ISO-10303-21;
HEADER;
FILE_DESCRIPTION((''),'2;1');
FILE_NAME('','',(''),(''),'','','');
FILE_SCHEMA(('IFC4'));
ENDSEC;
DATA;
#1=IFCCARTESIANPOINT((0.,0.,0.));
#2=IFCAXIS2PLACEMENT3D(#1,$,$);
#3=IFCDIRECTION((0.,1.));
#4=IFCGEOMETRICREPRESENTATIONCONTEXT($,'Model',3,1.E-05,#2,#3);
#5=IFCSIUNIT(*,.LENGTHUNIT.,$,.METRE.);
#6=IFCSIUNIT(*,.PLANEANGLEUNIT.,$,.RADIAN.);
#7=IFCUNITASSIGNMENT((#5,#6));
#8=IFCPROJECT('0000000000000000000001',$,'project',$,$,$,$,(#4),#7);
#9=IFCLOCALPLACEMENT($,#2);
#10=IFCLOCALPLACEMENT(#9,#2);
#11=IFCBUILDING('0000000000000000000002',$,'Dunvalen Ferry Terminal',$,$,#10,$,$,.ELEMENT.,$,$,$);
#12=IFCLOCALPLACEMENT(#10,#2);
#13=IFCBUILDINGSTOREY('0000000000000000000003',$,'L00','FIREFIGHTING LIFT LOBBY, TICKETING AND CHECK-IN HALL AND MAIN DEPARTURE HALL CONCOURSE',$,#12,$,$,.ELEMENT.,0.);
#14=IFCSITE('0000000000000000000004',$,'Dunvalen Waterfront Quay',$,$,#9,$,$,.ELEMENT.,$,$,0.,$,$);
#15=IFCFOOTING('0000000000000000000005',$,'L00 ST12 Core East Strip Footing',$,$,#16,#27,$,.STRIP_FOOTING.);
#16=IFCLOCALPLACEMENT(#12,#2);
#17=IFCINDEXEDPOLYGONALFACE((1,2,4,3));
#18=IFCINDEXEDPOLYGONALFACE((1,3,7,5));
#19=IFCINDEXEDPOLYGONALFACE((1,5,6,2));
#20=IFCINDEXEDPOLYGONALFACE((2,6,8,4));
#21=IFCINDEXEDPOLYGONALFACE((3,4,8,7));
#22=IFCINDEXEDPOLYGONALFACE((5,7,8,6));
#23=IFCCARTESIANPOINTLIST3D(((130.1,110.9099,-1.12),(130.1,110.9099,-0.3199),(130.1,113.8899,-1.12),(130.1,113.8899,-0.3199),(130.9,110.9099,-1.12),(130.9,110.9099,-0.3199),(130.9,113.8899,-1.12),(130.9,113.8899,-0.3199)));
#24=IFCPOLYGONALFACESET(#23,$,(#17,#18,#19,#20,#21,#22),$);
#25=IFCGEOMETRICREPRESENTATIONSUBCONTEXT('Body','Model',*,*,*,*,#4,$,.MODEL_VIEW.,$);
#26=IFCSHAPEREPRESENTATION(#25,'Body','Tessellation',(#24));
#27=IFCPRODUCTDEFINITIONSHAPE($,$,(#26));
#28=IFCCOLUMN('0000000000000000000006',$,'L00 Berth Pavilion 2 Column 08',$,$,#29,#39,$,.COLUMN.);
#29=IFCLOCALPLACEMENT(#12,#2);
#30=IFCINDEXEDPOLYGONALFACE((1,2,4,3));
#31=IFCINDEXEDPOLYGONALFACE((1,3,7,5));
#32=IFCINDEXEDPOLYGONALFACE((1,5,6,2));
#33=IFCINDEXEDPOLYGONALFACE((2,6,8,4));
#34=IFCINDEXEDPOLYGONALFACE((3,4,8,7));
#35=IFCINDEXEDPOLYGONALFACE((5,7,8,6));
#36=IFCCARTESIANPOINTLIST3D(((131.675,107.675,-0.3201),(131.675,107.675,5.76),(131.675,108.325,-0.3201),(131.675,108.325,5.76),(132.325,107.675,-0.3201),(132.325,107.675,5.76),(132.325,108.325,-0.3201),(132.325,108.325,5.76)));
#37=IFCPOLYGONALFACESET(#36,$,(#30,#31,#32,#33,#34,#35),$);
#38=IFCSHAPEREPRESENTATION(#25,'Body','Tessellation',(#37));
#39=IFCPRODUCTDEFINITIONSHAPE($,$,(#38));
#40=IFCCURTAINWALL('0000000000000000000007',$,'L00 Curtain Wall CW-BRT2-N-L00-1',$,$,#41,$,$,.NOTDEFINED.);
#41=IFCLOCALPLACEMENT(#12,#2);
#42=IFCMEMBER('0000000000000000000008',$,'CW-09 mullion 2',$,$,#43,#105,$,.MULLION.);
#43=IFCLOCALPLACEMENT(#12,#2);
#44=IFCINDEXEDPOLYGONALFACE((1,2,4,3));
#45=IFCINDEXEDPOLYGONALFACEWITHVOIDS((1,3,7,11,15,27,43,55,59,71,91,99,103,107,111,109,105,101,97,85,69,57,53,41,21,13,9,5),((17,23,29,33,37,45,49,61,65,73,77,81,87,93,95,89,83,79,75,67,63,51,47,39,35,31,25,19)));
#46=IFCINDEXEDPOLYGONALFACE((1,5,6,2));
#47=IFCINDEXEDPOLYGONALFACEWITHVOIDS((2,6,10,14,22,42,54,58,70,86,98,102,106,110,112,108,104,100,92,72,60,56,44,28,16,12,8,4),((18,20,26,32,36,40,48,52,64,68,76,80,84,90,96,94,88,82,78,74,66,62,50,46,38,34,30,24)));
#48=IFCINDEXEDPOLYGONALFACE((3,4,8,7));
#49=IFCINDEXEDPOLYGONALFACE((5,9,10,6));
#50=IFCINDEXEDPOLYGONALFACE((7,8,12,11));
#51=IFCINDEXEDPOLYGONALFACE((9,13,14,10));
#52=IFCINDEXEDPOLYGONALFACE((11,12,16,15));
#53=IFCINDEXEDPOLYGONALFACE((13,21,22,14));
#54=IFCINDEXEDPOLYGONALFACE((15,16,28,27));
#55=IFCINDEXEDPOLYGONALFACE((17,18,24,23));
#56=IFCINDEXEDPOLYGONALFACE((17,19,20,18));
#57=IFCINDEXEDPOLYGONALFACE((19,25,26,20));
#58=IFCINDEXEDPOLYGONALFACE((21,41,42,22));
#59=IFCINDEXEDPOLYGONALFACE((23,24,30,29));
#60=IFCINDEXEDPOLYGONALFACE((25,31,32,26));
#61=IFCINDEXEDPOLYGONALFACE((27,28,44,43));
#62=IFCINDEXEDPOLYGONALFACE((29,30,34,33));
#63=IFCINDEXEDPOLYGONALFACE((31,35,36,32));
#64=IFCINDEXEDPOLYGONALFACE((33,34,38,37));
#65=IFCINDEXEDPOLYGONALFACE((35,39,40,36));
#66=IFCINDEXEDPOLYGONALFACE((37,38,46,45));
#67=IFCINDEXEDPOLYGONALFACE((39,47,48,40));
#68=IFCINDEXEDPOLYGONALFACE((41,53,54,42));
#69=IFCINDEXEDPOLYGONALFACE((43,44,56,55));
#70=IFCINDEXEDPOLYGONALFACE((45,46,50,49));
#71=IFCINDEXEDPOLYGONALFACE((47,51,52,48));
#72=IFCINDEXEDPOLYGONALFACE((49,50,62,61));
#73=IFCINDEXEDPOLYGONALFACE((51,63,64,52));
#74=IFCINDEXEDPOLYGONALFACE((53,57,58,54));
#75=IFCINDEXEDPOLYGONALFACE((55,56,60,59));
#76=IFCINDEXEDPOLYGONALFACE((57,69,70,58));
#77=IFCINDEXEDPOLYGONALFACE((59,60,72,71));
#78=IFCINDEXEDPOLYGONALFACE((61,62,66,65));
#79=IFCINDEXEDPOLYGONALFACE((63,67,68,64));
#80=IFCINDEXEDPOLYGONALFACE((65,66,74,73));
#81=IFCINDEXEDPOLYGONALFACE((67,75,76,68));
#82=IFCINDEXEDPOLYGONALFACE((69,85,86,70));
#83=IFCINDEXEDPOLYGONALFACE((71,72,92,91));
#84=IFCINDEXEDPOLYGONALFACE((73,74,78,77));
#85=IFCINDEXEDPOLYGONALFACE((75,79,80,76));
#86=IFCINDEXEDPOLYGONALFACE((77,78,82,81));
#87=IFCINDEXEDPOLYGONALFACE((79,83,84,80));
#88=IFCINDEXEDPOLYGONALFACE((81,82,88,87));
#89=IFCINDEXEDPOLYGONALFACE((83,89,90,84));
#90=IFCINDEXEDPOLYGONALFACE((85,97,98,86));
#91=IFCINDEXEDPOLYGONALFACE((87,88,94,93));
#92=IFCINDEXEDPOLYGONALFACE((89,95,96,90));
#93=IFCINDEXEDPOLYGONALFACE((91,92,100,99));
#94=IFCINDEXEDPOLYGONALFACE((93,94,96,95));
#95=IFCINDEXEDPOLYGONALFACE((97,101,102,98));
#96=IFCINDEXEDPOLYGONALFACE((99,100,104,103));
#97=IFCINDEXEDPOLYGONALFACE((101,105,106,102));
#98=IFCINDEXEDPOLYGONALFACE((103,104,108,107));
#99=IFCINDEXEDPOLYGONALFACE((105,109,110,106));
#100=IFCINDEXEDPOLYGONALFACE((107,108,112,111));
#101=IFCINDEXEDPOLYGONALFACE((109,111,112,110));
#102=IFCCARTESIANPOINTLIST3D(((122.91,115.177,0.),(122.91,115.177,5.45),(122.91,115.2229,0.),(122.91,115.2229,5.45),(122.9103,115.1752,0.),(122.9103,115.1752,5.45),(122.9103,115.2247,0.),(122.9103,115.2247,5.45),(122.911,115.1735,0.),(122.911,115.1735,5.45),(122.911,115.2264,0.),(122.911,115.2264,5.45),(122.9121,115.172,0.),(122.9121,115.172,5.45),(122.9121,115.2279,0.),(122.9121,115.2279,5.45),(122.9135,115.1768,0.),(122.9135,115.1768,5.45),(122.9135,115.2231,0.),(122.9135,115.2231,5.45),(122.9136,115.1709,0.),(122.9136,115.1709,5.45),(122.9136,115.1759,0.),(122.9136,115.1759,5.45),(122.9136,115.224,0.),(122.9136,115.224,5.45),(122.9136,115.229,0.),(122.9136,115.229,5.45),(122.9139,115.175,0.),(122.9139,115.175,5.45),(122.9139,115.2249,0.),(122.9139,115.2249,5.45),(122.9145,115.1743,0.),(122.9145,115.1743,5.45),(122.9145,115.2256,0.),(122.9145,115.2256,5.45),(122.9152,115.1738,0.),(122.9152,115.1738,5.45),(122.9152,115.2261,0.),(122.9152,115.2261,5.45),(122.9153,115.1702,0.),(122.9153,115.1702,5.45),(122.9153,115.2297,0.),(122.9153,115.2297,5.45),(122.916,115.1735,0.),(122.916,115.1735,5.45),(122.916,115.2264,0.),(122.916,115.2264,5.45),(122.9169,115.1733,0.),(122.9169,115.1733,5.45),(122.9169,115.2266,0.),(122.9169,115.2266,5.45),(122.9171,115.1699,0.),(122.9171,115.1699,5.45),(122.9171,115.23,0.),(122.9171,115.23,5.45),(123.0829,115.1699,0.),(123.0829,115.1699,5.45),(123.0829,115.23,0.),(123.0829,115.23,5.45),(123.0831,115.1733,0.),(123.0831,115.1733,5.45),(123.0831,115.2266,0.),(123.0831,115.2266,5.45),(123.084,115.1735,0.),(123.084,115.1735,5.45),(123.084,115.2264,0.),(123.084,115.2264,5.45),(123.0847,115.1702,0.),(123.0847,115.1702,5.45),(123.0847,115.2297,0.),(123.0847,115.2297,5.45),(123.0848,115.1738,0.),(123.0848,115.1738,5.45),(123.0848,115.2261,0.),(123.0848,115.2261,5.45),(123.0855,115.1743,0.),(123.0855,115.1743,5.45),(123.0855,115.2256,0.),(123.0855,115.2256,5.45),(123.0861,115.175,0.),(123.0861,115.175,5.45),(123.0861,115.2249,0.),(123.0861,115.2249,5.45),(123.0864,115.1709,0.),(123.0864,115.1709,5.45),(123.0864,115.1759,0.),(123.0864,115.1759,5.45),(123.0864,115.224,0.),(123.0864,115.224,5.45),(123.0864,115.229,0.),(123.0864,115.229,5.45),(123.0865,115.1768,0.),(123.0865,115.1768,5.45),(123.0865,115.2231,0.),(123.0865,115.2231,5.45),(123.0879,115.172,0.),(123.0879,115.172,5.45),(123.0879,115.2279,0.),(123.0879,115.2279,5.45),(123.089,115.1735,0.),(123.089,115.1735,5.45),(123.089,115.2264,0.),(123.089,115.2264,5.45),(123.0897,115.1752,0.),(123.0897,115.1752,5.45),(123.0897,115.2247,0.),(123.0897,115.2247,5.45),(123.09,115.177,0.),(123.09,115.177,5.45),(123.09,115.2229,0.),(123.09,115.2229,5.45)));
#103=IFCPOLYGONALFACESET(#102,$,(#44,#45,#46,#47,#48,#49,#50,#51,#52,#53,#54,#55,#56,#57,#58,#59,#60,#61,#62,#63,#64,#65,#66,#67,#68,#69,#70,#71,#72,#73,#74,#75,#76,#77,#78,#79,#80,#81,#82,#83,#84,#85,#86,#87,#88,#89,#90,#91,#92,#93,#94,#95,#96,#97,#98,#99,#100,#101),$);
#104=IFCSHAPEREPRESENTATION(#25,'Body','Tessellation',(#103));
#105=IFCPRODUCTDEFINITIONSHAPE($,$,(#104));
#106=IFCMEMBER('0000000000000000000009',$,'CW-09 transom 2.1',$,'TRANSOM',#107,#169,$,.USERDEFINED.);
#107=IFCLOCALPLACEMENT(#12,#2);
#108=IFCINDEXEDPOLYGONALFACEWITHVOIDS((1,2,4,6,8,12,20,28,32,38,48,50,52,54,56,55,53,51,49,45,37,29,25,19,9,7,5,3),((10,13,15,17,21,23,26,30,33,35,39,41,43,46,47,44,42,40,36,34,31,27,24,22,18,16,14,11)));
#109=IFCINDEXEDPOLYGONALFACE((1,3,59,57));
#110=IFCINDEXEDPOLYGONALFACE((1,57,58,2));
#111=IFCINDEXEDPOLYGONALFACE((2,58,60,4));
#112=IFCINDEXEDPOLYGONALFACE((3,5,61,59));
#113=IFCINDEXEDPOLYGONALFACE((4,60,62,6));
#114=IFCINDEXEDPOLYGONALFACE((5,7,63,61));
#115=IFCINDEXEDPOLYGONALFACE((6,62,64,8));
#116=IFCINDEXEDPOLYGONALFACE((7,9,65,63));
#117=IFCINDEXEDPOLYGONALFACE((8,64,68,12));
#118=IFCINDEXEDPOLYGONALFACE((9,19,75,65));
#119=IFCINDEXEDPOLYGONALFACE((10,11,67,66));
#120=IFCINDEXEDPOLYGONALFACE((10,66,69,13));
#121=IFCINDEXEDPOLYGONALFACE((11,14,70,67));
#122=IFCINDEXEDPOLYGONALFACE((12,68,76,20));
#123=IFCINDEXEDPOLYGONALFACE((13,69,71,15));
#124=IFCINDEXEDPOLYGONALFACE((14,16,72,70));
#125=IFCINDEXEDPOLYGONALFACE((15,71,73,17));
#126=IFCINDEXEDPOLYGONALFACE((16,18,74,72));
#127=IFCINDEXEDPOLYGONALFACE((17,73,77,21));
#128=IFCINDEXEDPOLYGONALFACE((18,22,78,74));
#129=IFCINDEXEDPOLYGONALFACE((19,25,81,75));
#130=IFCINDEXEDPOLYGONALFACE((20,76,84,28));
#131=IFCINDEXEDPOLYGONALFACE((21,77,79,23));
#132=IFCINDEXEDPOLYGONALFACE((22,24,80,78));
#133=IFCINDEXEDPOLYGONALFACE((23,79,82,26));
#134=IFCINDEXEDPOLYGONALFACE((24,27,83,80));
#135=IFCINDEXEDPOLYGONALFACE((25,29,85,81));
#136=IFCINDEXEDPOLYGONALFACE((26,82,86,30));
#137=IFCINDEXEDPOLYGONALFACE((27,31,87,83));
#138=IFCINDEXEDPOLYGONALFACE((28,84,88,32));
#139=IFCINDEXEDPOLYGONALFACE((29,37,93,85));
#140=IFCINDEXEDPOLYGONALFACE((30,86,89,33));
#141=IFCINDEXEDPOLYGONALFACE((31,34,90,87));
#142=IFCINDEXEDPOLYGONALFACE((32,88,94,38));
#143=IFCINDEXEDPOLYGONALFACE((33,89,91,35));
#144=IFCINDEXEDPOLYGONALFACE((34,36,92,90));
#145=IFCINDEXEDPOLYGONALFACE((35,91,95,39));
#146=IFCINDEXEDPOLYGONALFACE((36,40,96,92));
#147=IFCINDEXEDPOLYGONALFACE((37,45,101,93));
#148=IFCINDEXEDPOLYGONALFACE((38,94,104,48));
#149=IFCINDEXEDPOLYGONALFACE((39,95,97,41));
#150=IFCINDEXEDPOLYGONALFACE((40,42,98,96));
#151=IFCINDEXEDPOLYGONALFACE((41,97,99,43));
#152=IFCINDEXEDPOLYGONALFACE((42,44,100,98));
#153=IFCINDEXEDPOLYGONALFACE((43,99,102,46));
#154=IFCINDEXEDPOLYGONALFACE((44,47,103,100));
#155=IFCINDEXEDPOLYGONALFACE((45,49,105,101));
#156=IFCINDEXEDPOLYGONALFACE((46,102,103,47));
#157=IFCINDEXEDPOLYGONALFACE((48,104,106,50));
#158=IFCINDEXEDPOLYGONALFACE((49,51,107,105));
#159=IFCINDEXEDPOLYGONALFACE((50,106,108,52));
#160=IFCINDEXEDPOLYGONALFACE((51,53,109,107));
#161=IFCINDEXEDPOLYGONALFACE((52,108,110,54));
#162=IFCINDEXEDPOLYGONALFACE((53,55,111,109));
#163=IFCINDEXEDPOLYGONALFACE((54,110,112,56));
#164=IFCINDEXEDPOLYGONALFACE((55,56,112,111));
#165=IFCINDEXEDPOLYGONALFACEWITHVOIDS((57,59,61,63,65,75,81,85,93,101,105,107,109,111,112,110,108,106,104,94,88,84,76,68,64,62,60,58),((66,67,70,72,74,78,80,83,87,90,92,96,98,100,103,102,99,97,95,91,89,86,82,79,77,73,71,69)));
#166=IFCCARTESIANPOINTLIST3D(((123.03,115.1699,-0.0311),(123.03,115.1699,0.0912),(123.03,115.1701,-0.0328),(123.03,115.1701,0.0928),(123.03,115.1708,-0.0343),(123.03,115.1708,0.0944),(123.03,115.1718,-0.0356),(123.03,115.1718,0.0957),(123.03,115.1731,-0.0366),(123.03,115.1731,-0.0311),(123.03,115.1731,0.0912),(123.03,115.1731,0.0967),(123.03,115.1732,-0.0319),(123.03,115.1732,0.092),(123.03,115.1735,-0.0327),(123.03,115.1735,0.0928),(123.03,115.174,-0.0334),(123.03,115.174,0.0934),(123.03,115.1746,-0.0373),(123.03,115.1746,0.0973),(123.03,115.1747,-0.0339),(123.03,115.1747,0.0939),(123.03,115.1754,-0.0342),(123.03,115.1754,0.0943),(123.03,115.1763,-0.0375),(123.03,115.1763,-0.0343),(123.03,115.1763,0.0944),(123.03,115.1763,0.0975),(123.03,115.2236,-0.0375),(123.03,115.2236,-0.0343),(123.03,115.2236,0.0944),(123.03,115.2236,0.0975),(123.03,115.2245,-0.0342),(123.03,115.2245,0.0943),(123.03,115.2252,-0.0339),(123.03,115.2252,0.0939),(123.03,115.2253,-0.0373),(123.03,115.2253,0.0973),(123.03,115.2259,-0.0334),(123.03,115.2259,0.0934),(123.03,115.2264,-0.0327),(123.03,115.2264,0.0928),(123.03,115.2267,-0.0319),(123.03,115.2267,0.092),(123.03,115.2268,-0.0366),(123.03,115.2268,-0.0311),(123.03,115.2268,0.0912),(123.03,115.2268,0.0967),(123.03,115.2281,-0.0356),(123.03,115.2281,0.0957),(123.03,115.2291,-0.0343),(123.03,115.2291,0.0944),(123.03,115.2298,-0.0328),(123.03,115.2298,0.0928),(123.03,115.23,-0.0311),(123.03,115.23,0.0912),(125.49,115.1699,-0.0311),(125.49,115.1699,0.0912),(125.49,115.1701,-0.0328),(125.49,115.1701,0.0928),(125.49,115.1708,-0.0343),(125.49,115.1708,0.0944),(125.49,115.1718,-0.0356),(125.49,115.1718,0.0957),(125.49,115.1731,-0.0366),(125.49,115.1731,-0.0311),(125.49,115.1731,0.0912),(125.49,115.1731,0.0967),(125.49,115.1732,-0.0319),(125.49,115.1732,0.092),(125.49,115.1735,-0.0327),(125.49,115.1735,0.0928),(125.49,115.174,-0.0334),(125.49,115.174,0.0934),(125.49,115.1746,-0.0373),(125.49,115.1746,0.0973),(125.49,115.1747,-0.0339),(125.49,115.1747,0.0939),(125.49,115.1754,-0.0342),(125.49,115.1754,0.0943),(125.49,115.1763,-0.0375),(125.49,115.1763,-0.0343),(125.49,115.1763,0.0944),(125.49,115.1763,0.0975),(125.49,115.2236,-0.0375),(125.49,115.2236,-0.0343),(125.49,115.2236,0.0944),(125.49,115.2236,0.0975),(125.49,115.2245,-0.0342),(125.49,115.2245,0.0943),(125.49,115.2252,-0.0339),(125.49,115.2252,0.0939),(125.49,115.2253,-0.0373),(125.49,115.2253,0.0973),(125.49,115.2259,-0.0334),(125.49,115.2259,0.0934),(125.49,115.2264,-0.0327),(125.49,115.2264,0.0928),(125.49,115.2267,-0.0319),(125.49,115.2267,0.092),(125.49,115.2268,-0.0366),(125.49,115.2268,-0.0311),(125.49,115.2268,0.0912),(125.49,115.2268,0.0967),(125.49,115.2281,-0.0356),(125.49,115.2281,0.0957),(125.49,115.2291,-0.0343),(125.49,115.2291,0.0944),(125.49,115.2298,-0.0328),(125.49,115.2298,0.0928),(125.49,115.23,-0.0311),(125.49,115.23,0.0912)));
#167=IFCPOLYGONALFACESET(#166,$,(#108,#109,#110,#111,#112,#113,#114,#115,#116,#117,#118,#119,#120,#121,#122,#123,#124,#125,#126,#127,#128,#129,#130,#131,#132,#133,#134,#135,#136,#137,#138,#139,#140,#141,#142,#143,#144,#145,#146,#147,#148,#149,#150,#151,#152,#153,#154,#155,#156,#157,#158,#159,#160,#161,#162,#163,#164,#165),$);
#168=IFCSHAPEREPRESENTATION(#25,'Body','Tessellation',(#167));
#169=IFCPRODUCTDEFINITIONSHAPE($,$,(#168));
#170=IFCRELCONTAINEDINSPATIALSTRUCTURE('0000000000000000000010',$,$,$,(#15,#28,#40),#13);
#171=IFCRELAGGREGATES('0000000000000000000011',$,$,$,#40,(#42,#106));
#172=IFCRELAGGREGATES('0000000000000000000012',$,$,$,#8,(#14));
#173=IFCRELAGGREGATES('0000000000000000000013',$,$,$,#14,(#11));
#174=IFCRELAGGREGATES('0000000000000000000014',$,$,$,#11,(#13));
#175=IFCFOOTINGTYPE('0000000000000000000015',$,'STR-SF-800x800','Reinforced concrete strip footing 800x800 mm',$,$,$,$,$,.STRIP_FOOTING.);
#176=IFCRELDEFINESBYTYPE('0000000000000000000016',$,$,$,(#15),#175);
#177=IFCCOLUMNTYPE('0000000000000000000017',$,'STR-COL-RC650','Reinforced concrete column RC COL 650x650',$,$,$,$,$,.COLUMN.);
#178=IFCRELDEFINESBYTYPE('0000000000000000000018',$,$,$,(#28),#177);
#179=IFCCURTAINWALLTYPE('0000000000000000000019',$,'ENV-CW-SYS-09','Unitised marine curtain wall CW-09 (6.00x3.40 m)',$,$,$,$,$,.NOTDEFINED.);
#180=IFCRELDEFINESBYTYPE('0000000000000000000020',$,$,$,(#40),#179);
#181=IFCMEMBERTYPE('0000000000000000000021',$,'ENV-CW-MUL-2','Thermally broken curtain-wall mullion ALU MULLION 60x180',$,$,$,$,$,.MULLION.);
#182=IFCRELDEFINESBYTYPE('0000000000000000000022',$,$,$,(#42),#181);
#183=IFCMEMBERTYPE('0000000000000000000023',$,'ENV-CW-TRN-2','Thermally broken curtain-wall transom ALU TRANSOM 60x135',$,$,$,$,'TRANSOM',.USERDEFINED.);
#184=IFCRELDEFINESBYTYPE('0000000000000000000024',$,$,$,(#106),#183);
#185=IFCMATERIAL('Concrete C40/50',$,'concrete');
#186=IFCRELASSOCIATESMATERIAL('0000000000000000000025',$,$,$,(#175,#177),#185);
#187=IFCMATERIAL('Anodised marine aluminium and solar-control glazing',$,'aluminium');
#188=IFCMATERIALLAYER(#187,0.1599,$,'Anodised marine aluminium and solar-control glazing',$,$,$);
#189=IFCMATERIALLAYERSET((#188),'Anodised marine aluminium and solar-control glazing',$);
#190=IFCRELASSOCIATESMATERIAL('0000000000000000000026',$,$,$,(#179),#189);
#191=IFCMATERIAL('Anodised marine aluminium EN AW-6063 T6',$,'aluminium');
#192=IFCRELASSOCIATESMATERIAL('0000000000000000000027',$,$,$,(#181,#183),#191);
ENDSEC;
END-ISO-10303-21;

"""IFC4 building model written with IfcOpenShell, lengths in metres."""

from ifc_helpers import new_model, si_unit, direction, frame, origin, origin_2d, place, context, subcontext, project, spatial, rectangle, hollow_rectangle, extrude, material, layer, layer_set, material_profile, profile_set, type_object, element, aggregate, save


model = new_model("IFC4")

# Units and contexts
model_context = context("Model", 3, precision=1e-05, world=origin(), true_north=direction((0.0, 1.0)))
body_context = subcontext(model_context, "Body", "Model", "MODEL_VIEW")
ifc_project = project(units=[si_unit("LENGTHUNIT", "METRE"), si_unit("PLANEANGLEUNIT", "RADIAN")], contexts=[model_context])

# Site, building, storey
site_placement = place(None, origin())
site = spatial("IfcSite", under=ifc_project, at=site_placement, Name="Dunvalen Waterfront Quay", CompositionType="ELEMENT", RefElevation=0.0)
building_placement = place(site_placement, origin())
building = spatial("IfcBuilding", under=site, at=building_placement, Name="Dunvalen Ferry Terminal", CompositionType="ELEMENT")
storey_placement = place(building_placement, origin())
storey = spatial("IfcBuildingStorey", under=building, at=storey_placement, Name="L00", Description="FIREFIGHTING LIFT LOBBY, TICKETING AND CHECK-IN HALL AND MAIN DEPARTURE HALL CONCOURSE", CompositionType="ELEMENT", Elevation=0.0)

# Shared definitions
ifc_material_1 = material(Name="Concrete C40/50", Category="concrete")

# Footing
ifc_material_profile_1 = material_profile(ifc_material_1, rectangle(XDim=0.8, YDim=0.8, at=origin_2d()), Name="Concrete C40/50")
ifc_profile_set_1 = profile_set([ifc_material_profile_1], Name="Concrete C40/50")
footing_type_1 = type_object("IfcFootingType", Name="STR-SF-800x800", Description="Reinforced concrete strip footing 800x800 mm", PredefinedType="STRIP_FOOTING", material=ifc_profile_set_1)
footing_1_placement = place(storey_placement, frame((130.5, 110.9099, -0.72), z_axis=(0.0, 1.0, 0.0), x_axis=(-1.0, 0.0, 0.0)))
element("IfcFooting", 1, at=footing_1_placement, inside=storey, type_object=footing_type_1, Name="L00 ST12 Core East Strip Footing", PredefinedType="STRIP_FOOTING", context=body_context, shape_type="SweptSolid", body=[
    extrude(rectangle(XDim=0.8, YDim=0.8, at=origin_2d()), origin(), (0.0, 0.0, 1.0), 2.98),
])

# Column
ifc_material_profile_2 = material_profile(ifc_material_1, rectangle(XDim=0.6499, YDim=0.6499, at=origin_2d()), Name="Concrete C40/50")
ifc_profile_set_2 = profile_set([ifc_material_profile_2], Name="Concrete C40/50")
column_type = type_object("IfcColumnType", Name="STR-COL-RC650", Description="Reinforced concrete column RC COL 650x650", PredefinedType="COLUMN", material=ifc_profile_set_2)
column_placement = place(storey_placement, frame((132.0, 108.0, -0.3201), z_axis=(0.0, 0.0, 1.0), x_axis=(1.0, 0.0, 0.0)))
element("IfcColumn", 2, at=column_placement, inside=storey, type_object=column_type, Name="L00 Berth Pavilion 2 Column 08", PredefinedType="COLUMN", context=body_context, shape_type="SweptSolid", body=[
    extrude(rectangle(XDim=0.6499, YDim=0.6499, at=origin_2d()), origin(), (0.0, 0.0, 1.0), 6.0801),
])

# Curtain wall, members
ifc_material_2 = material(Name="Anodised marine aluminium and solar-control glazing", Category="aluminium")
ifc_layer_1 = layer(ifc_material_2, 0.1599, Name="Anodised marine aluminium and solar-control glazing")
ifc_layer_set_1 = layer_set([ifc_layer_1], Name="Anodised marine aluminium and solar-control glazing")
curtain_wall_type = type_object("IfcCurtainWallType", Name="ENV-CW-SYS-09", Description="Unitised marine curtain wall CW-09 (6.00x3.40 m)", PredefinedType="NOTDEFINED", material=ifc_layer_set_1)
curtain_wall_placement = place(storey_placement, origin())
curtain_wall = element("IfcCurtainWall", 3, at=curtain_wall_placement, inside=storey, type_object=curtain_wall_type, Name="L00 Curtain Wall CW-BRT2-N-L00-1", PredefinedType="NOTDEFINED")
ifc_material_3 = material(Name="Anodised marine aluminium EN AW-6063 T6", Category="aluminium")
ifc_material_profile_3 = material_profile(ifc_material_3, hollow_rectangle(XDim=0.0601, YDim=0.1799, WallThickness=0.0034, InnerFilletRadius=0.0034, OuterFilletRadius=0.0071, at=origin_2d()), Name="Anodised marine aluminium EN AW-6063 T6")
ifc_profile_set_3 = profile_set([ifc_material_profile_3], Name="Anodised marine aluminium EN AW-6063 T6")
member_type_1 = type_object("IfcMemberType", Name="ENV-CW-MUL-2", Description="Thermally broken curtain-wall mullion ALU MULLION 60x180", PredefinedType="MULLION", material=ifc_profile_set_3)
member_1_placement = place(storey_placement, frame((123.0, 115.2, 0.0), z_axis=(0.0, 0.0, 1.0), x_axis=(0.0, 1.0, 0.0)))
member_1 = element("IfcMember", 4, at=member_1_placement, type_object=member_type_1, Name="CW-09 mullion 2", PredefinedType="MULLION", context=body_context, shape_type="SweptSolid", body=[
    extrude(hollow_rectangle(XDim=0.0601, YDim=0.1799, WallThickness=0.0034, InnerFilletRadius=0.0034, OuterFilletRadius=0.0071, at=origin_2d()), origin(), (0.0, 0.0, 1.0), 5.45),
])
ifc_material_profile_4 = material_profile(ifc_material_3, hollow_rectangle(XDim=0.0601, YDim=0.135, WallThickness=0.0032, InnerFilletRadius=0.0032, OuterFilletRadius=0.0063, at=origin_2d()), Name="Anodised marine aluminium EN AW-6063 T6")
ifc_profile_set_4 = profile_set([ifc_material_profile_4], Name="Anodised marine aluminium EN AW-6063 T6")
member_type_2 = type_object("IfcMemberType", Name="ENV-CW-TRN-2", Description="Thermally broken curtain-wall transom ALU TRANSOM 60x135", ElementType="TRANSOM", PredefinedType="USERDEFINED", material=ifc_profile_set_4)
member_2_placement = place(storey_placement, frame((123.03, 115.2, 0.03), z_axis=(1.0, 0.0, 0.0), x_axis=(0.0, 1.0, 0.0)))
member_2 = element("IfcMember", 5, at=member_2_placement, type_object=member_type_2, Name="CW-09 transom 2.1", ObjectType="TRANSOM", PredefinedType="USERDEFINED", context=body_context, shape_type="SweptSolid", body=[
    extrude(hollow_rectangle(XDim=0.0601, YDim=0.135, WallThickness=0.0032, InnerFilletRadius=0.0032, OuterFilletRadius=0.0063, at=origin_2d()), origin(), (0.0, 0.0, 1.0), 2.46),
])
aggregate(curtain_wall, [member_1, member_2])

save(model, "model.ifc")
